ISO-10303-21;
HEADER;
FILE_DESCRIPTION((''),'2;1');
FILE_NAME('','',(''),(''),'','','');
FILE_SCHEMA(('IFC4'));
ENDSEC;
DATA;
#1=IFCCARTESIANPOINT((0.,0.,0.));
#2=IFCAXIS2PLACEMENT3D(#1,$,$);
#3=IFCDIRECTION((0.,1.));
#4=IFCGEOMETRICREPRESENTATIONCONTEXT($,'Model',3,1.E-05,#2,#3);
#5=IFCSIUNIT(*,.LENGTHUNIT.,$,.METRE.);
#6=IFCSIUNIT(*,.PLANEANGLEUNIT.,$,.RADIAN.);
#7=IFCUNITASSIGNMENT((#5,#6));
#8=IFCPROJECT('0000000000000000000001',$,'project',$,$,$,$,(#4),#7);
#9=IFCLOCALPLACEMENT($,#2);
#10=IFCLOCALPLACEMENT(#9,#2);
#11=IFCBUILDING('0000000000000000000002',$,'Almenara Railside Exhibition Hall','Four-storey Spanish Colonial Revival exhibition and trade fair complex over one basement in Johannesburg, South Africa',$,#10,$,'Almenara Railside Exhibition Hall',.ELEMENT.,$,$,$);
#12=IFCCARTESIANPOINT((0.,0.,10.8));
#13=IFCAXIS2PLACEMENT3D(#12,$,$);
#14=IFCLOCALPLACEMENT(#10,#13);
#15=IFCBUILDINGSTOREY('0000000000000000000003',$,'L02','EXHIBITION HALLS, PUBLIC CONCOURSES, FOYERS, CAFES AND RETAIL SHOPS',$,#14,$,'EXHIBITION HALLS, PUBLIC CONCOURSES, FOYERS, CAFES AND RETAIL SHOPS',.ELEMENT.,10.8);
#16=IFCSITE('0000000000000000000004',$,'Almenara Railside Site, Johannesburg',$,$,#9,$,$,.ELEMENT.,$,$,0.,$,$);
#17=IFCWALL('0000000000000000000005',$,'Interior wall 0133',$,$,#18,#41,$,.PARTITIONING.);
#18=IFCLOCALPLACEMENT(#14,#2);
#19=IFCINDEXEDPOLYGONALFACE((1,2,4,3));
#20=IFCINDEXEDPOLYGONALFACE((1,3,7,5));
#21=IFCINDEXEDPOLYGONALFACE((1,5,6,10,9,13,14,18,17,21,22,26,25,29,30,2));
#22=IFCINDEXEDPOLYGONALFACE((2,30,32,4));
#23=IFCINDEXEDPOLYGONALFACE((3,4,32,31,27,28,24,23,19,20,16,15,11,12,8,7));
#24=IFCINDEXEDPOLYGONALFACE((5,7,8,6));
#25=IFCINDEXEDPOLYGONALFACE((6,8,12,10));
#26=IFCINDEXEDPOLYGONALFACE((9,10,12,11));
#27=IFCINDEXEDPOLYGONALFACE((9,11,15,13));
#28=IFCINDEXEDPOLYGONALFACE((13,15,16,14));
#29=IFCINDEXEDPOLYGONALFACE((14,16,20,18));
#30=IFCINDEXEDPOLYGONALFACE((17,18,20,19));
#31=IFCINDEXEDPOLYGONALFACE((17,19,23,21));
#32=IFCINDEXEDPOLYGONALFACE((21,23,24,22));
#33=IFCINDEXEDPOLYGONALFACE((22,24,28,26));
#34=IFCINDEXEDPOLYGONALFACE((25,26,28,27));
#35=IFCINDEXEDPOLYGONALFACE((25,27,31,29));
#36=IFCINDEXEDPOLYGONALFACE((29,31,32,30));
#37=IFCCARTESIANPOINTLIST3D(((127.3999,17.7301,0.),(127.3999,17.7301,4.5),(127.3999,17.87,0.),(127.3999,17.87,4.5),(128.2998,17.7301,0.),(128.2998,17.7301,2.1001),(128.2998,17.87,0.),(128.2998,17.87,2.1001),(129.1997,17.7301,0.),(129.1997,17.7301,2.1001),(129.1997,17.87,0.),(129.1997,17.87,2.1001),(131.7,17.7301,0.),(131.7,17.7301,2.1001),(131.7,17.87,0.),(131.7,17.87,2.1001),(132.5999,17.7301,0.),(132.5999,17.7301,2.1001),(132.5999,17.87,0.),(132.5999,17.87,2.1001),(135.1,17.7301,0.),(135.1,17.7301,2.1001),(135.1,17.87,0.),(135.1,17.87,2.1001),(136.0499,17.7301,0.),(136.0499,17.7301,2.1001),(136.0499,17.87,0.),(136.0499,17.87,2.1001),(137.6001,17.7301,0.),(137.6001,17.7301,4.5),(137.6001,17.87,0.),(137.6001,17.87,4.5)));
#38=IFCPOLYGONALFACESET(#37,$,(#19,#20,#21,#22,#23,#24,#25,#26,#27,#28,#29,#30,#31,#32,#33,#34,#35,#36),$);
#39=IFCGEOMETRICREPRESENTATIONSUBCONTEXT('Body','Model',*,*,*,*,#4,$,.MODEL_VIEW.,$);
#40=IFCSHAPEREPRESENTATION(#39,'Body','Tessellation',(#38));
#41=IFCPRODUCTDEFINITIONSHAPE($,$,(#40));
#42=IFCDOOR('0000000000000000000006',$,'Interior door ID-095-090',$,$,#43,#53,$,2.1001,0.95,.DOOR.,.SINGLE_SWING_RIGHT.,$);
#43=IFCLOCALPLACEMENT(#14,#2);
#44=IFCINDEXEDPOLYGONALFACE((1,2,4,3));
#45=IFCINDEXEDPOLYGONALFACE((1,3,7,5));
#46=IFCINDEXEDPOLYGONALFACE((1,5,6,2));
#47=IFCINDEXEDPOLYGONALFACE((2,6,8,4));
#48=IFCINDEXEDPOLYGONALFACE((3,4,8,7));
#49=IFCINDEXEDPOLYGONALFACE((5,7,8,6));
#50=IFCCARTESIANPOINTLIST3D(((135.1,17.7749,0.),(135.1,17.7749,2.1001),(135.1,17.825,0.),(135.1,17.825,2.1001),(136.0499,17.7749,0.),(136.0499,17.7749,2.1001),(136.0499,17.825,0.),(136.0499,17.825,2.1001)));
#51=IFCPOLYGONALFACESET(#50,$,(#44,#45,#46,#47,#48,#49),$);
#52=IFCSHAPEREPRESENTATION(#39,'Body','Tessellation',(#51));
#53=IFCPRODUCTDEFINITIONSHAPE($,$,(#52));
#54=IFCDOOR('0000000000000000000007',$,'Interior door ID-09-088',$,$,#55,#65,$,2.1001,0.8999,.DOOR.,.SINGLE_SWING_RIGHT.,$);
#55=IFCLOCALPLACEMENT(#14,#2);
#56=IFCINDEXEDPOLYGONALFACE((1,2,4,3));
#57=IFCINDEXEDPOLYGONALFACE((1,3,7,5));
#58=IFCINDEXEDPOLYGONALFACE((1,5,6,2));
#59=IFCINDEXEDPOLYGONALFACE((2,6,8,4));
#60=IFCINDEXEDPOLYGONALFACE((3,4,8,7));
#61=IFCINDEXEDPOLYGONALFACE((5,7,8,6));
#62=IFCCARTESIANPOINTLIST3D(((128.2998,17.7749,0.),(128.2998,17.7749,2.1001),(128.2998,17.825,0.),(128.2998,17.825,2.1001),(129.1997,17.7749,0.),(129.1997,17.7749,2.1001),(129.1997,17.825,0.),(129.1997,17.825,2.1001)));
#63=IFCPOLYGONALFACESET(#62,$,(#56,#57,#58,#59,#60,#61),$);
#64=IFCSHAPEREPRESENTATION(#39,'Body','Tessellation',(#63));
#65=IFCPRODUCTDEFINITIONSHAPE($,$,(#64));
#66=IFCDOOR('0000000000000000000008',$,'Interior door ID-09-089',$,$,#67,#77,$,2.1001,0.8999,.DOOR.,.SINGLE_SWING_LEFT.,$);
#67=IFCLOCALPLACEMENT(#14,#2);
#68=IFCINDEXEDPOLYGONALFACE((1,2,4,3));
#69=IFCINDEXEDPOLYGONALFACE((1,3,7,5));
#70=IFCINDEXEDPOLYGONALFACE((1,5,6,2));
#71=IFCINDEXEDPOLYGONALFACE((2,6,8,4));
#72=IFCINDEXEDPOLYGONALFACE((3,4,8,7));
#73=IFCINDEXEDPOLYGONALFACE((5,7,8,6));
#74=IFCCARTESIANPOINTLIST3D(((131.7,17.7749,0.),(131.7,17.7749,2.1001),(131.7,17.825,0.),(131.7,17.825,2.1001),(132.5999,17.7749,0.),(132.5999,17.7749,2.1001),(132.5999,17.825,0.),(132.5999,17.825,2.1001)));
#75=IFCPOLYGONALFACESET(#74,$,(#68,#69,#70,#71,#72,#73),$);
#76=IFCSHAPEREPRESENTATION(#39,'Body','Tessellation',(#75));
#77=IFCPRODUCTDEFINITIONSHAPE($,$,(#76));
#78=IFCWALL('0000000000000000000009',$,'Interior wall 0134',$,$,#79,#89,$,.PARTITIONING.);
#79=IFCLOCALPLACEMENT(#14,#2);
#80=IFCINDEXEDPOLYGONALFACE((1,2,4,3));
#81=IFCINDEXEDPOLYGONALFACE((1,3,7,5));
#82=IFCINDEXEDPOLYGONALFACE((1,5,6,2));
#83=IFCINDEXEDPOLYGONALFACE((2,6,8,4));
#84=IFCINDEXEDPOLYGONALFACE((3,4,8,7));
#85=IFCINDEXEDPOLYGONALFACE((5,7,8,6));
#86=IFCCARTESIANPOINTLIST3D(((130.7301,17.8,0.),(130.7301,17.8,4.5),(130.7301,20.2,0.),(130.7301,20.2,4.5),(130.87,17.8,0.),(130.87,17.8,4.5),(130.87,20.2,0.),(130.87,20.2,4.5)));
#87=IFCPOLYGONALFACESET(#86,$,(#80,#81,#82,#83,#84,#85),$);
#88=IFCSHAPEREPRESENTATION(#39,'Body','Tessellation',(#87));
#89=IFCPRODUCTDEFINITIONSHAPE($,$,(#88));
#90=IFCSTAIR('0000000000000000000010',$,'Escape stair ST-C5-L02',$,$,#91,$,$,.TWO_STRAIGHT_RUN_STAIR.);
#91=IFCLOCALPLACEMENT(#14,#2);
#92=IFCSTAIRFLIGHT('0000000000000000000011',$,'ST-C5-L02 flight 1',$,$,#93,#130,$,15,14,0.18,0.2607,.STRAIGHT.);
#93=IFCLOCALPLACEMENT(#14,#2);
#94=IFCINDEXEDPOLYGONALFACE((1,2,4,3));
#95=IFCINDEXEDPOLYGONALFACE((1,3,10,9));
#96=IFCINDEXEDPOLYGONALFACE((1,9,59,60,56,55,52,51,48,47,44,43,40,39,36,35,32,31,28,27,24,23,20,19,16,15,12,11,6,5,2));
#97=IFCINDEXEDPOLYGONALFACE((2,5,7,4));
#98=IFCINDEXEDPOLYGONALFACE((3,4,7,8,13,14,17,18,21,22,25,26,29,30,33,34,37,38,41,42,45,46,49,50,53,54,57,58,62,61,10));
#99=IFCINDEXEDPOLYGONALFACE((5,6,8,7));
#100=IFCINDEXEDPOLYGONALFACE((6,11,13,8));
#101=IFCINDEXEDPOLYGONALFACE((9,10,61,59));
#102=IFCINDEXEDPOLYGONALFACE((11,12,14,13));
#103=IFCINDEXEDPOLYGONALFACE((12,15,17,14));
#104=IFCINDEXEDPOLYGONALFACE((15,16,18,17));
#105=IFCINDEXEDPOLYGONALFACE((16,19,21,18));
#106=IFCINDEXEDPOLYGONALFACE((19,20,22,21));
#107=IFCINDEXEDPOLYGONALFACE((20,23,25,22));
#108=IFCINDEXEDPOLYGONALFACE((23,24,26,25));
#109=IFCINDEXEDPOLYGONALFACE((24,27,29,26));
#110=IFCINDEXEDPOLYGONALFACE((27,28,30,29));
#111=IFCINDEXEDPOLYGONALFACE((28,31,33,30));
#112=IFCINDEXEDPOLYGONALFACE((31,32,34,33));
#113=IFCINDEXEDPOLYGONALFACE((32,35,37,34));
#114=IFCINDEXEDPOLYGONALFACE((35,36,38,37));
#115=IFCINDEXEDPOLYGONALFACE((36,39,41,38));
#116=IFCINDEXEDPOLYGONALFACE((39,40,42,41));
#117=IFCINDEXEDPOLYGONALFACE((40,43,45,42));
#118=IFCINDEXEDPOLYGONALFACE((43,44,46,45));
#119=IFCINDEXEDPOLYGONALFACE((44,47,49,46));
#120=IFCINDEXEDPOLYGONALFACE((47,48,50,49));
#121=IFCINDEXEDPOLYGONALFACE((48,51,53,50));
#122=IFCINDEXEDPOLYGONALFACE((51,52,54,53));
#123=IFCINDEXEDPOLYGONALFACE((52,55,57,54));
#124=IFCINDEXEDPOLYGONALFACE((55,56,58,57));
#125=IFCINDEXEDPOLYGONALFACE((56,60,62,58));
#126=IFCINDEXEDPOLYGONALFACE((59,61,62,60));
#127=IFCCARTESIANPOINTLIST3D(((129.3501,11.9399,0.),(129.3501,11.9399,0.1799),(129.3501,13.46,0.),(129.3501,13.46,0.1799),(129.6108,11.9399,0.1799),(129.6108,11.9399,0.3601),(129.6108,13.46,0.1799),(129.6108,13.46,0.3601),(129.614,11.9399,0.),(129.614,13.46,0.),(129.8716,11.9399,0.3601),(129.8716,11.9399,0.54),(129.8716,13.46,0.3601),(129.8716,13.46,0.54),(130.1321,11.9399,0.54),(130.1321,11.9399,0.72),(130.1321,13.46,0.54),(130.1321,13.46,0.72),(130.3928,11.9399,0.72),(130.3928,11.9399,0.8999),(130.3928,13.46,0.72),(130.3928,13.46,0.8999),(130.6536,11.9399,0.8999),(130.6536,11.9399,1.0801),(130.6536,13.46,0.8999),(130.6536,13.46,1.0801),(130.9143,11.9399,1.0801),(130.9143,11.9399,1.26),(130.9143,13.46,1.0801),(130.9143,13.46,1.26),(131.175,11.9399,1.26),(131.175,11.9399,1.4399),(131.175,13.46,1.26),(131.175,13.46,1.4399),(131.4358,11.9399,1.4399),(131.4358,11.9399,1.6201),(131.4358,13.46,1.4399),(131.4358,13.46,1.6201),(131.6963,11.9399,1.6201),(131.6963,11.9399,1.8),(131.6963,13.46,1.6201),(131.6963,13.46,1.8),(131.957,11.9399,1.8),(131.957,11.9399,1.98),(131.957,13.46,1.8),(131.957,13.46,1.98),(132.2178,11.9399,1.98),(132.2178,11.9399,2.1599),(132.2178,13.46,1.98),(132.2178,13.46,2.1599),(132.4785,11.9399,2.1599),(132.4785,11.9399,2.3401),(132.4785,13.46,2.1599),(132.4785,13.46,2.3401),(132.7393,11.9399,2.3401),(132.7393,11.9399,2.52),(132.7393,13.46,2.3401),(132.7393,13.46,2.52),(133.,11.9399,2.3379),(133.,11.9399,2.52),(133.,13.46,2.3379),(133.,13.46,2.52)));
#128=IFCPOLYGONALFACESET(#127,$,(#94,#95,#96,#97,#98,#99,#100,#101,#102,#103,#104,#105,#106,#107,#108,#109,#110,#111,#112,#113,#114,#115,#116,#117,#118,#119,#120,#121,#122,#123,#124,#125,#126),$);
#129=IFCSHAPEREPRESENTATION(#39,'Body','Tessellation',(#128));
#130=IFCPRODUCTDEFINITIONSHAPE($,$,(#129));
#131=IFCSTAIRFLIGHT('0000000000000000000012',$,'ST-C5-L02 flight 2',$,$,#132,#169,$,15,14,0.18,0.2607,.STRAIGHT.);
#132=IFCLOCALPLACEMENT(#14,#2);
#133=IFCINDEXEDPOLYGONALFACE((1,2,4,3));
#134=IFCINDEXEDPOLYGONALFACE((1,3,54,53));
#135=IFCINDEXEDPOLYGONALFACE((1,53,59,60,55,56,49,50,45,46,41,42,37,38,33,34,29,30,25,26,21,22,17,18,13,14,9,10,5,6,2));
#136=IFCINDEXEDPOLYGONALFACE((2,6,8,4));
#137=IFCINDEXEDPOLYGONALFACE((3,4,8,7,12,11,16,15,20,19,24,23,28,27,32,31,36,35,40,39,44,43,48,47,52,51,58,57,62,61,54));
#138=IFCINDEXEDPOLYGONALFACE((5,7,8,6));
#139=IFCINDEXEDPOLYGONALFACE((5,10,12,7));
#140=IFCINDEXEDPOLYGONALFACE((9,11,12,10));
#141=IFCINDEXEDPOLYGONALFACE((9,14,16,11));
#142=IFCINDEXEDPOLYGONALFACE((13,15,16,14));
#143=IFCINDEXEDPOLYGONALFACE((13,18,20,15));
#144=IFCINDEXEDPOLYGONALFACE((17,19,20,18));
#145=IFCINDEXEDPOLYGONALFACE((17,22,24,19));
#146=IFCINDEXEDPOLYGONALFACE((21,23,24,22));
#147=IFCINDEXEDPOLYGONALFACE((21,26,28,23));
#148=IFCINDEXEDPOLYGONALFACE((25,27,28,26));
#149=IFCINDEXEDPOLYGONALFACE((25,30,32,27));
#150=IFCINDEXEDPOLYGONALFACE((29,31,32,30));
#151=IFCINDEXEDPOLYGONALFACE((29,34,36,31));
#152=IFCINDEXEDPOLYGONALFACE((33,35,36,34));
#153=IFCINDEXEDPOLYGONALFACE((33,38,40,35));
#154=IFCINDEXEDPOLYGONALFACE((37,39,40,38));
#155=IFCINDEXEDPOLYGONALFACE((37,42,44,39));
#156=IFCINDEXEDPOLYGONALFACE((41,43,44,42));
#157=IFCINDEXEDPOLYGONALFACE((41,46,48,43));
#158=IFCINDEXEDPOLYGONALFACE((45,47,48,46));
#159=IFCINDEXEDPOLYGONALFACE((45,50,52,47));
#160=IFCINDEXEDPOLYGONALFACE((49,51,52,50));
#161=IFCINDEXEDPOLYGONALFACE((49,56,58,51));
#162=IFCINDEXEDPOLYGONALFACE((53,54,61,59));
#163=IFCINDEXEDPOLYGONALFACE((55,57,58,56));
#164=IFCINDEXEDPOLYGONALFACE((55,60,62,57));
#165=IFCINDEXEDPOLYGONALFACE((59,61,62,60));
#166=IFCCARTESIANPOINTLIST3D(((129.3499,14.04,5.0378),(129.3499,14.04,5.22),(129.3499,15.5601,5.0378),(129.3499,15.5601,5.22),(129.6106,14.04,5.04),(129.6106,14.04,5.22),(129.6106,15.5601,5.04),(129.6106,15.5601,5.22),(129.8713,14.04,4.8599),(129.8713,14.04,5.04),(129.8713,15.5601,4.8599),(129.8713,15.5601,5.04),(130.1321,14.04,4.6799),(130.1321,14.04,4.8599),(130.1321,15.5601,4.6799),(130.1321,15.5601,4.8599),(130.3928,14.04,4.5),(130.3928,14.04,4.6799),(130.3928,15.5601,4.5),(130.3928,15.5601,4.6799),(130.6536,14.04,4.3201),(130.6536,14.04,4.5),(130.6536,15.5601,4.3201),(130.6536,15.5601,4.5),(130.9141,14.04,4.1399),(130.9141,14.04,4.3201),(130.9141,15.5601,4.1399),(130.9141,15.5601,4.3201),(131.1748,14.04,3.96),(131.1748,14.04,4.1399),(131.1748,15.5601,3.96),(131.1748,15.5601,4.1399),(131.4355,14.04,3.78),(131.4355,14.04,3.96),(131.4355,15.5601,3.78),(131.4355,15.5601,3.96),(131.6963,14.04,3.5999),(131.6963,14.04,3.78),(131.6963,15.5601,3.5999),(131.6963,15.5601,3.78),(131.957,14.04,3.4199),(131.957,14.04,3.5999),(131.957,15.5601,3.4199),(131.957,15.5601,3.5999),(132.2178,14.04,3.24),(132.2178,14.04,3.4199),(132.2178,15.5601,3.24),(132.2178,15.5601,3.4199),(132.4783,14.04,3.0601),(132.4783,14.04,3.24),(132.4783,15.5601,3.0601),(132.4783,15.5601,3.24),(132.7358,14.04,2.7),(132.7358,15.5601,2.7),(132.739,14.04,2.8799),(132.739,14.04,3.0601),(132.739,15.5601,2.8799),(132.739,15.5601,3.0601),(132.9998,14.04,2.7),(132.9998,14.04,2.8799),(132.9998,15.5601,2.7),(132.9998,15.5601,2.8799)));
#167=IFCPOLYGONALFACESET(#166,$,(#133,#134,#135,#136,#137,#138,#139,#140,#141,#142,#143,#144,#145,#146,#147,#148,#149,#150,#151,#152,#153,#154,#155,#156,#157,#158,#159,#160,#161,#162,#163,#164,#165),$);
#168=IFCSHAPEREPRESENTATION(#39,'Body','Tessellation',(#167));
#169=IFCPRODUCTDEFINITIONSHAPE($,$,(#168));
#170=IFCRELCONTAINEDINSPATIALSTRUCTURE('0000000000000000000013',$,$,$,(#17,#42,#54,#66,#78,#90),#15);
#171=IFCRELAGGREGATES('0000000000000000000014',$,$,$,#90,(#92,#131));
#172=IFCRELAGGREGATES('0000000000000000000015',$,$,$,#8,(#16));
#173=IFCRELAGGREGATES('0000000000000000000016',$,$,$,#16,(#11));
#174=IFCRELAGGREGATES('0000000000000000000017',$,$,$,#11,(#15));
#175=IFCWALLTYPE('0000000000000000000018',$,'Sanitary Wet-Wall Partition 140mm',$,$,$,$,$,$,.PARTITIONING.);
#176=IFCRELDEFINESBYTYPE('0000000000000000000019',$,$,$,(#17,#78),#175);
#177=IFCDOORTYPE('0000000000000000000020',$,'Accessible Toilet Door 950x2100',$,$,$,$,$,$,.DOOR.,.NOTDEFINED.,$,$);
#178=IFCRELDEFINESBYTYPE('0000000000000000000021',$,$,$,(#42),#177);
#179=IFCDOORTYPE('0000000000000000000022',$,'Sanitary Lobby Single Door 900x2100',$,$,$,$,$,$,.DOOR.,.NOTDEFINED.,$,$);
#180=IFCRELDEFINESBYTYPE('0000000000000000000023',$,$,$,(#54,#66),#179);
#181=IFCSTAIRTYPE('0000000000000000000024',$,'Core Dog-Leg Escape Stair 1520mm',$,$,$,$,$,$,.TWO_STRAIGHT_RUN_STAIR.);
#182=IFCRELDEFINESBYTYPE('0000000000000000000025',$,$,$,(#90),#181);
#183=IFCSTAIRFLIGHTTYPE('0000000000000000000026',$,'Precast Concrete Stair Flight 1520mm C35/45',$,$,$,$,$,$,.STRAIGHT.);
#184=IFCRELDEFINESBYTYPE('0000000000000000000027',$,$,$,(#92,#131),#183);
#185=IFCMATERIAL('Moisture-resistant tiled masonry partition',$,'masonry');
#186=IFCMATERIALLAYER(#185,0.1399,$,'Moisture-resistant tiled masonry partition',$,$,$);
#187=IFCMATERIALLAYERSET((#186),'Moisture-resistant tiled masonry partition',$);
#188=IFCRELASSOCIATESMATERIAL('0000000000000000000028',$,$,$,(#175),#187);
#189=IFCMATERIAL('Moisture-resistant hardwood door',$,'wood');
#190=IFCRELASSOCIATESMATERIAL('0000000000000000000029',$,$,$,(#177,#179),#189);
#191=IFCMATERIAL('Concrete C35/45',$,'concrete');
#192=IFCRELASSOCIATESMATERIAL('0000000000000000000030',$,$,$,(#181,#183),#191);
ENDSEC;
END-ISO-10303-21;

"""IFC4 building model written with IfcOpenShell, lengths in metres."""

from ifc_helpers import new_model, si_unit, direction, frame, frame_2d, origin, place, context, subcontext, project, spatial, polyline, rectangle, outline, extrude, material, layer, layer_set, type_object, element, fill, aggregate, save


model = new_model("IFC4")

# Units and contexts
model_context = context("Model", 3, precision=1e-05, world=origin(), true_north=direction((0.0, 1.0)))
body_context = subcontext(model_context, "Body", "Model", "MODEL_VIEW")
ifc_project = project(units=[si_unit("LENGTHUNIT", "METRE"), si_unit("PLANEANGLEUNIT", "RADIAN")], contexts=[model_context])

# Site, building, storey
site_placement = place(None, origin())
site = spatial("IfcSite", under=ifc_project, at=site_placement, Name="Almenara Railside Site, Johannesburg", CompositionType="ELEMENT", RefElevation=0.0)
building_placement = place(site_placement, origin())
building = spatial("IfcBuilding", under=site, at=building_placement, Name="Almenara Railside Exhibition Hall", Description="Four-storey Spanish Colonial Revival exhibition and trade fair complex over one basement in Johannesburg, South Africa", LongName="Almenara Railside Exhibition Hall", CompositionType="ELEMENT")
storey_placement = place(building_placement, frame((0.0, 0.0, 10.8)))
storey = spatial("IfcBuildingStorey", under=building, at=storey_placement, Name="L02", Description="EXHIBITION HALLS, PUBLIC CONCOURSES, FOYERS, CAFES AND RETAIL SHOPS", LongName="EXHIBITION HALLS, PUBLIC CONCOURSES, FOYERS, CAFES AND RETAIL SHOPS", CompositionType="ELEMENT", Elevation=10.8)

# Shared definitions
ifc_material_1 = material(Name="Concrete C35/45", Category="concrete")

# Wall, openings, doors
ifc_material_2 = material(Name="Moisture-resistant tiled masonry partition", Category="masonry")
ifc_layer_1 = layer(ifc_material_2, 0.1399, Name="Moisture-resistant tiled masonry partition")
ifc_layer_set_1 = layer_set([ifc_layer_1], Name="Moisture-resistant tiled masonry partition")
wall_type_1 = type_object("IfcWallType", Name="Sanitary Wet-Wall Partition 140mm", PredefinedType="PARTITIONING", material=ifc_layer_set_1)
wall_1_placement = place(storey_placement, frame((127.3999, 17.8, 0.0), z_axis=(0.0, 0.0, 1.0), x_axis=(1.0, 0.0, 0.0)))
wall_1 = element("IfcWall", 1, at=wall_1_placement, inside=storey, type_object=wall_type_1, Name="Interior wall 0133", PredefinedType="PARTITIONING", context=body_context, shape_type="SweptSolid", body=[
    extrude(rectangle(XDim=10.2002, YDim=0.1399, at=frame_2d((5.1001, 0.0))), origin(), (0.0, 0.0, 1.0), 4.5),
])
opening_1_placement = place(wall_1_placement, frame((0.8999, 0.0, 0.0)))
opening_1 = element("IfcOpeningElement", 2, at=opening_1_placement, cuts=wall_1, PredefinedType="OPENING", context=body_context, shape_type="SweptSolid", body=[
    extrude(rectangle(XDim=0.8999, YDim=2.1001, at=frame_2d((0.45, 1.05))), frame((0.0, 0.0798, 0.0), z_axis=(0.0, -1.0, 0.0), x_axis=(1.0, 0.0, 0.0)), (0.0, 0.0, 1.0), 0.1599),
])
opening_2_placement = place(wall_1_placement, frame((4.3, 0.0, 0.0)))
opening_2 = element("IfcOpeningElement", 3, at=opening_2_placement, cuts=wall_1, PredefinedType="OPENING", context=body_context, shape_type="SweptSolid", body=[
    extrude(rectangle(XDim=0.8999, YDim=2.1001, at=frame_2d((0.45, 1.05))), frame((0.0, 0.0798, 0.0), z_axis=(0.0, -1.0, 0.0), x_axis=(1.0, 0.0, 0.0)), (0.0, 0.0, 1.0), 0.1599),
])
opening_3_placement = place(wall_1_placement, frame((7.7, 0.0, 0.0)))
opening_3 = element("IfcOpeningElement", 4, at=opening_3_placement, cuts=wall_1, PredefinedType="OPENING", context=body_context, shape_type="SweptSolid", body=[
    extrude(rectangle(XDim=0.95, YDim=2.1001, at=frame_2d((0.4751, 1.05))), frame((0.0, 0.0798, 0.0), z_axis=(0.0, -1.0, 0.0), x_axis=(1.0, 0.0, 0.0)), (0.0, 0.0, 1.0), 0.1599),
])
ifc_material_3 = material(Name="Moisture-resistant hardwood door", Category="wood")
door_type_1 = type_object("IfcDoorType", Name="Accessible Toilet Door 950x2100", OperationType="NOTDEFINED", PredefinedType="DOOR", material=ifc_material_3)
door_1_placement = place(opening_3_placement, origin())
door_1 = element("IfcDoor", 5, at=door_1_placement, inside=storey, type_object=door_type_1, Name="Interior door ID-095-090", OperationType="SINGLE_SWING_RIGHT", OverallHeight=2.1001, OverallWidth=0.95, PredefinedType="DOOR", context=body_context, shape_type="SweptSolid", body=[
    extrude(rectangle(XDim=0.95, YDim=2.1001, at=frame_2d((0.4751, 1.05))), frame((0.0, 0.0249, 0.0), z_axis=(0.0, -1.0, 0.0), x_axis=(1.0, 0.0, 0.0)), (0.0, 0.0, 1.0), 0.05),
])
fill(opening_3, door_1)
door_type_2 = type_object("IfcDoorType", Name="Sanitary Lobby Single Door 900x2100", OperationType="NOTDEFINED", PredefinedType="DOOR", material=ifc_material_3)
door_2_placement = place(opening_1_placement, origin())
door_2 = element("IfcDoor", 6, at=door_2_placement, inside=storey, type_object=door_type_2, Name="Interior door ID-09-088", OperationType="SINGLE_SWING_RIGHT", OverallHeight=2.1001, OverallWidth=0.8999, PredefinedType="DOOR", context=body_context, shape_type="SweptSolid", body=[
    extrude(rectangle(XDim=0.8999, YDim=2.1001, at=frame_2d((0.45, 1.05))), frame((0.0, 0.0249, 0.0), z_axis=(0.0, -1.0, 0.0), x_axis=(1.0, 0.0, 0.0)), (0.0, 0.0, 1.0), 0.05),
])
fill(opening_1, door_2)
door_3_placement = place(opening_2_placement, origin())
door_3 = element("IfcDoor", 7, at=door_3_placement, inside=storey, type_object=door_type_2, Name="Interior door ID-09-089", OperationType="SINGLE_SWING_LEFT", OverallHeight=2.1001, OverallWidth=0.8999, PredefinedType="DOOR", context=body_context, shape_type="SweptSolid", body=[
    extrude(rectangle(XDim=0.8999, YDim=2.1001, at=frame_2d((0.45, 1.05))), frame((0.0, 0.0249, 0.0), z_axis=(0.0, -1.0, 0.0), x_axis=(1.0, 0.0, 0.0)), (0.0, 0.0, 1.0), 0.05),
])
fill(opening_2, door_3)

# Wall
wall_2_placement = place(storey_placement, frame((130.8, 17.8, 0.0), z_axis=(0.0, 0.0, 1.0), x_axis=(0.0, 1.0, 0.0)))
element("IfcWall", 8, at=wall_2_placement, inside=storey, type_object=wall_type_1, Name="Interior wall 0134", PredefinedType="PARTITIONING", context=body_context, shape_type="SweptSolid", body=[
    extrude(rectangle(XDim=2.3999, YDim=0.1399, at=frame_2d((1.2, 0.0))), origin(), (0.0, 0.0, 1.0), 4.5),
])

# Stair, stair flights
stair_type = type_object("IfcStairType", Name="Core Dog-Leg Escape Stair 1520mm", PredefinedType="TWO_STRAIGHT_RUN_STAIR", material=ifc_material_1)
stair_placement = place(storey_placement, origin())
stair = element("IfcStair", 9, at=stair_placement, inside=storey, type_object=stair_type, Name="Escape stair ST-C5-L02", PredefinedType="TWO_STRAIGHT_RUN_STAIR")
stair_flight_type = type_object("IfcStairFlightType", Name="Precast Concrete Stair Flight 1520mm C35/45", PredefinedType="STRAIGHT", material=ifc_material_1)
stair_flight_1_placement = place(storey_placement, frame((129.3501, 12.7, 0.0), z_axis=(0.0, 0.0, 1.0), x_axis=(1.0, 0.0, 0.0)))
stair_flight_1 = element("IfcStairFlight", 10, at=stair_flight_1_placement, type_object=stair_flight_type, Name="ST-C5-L02 flight 1", NumberOfRisers=15, NumberOfTreads=14, PredefinedType="STRAIGHT", RiserHeight=0.18, TreadLength=0.2607, context=body_context, shape_type="SweptSolid", body=[
    extrude(outline(polyline([(0.0, 0.0), (0.0, 0.1799), (0.2607, 0.1799), (0.2607, 0.3601), (0.5215, 0.3601), (0.5215, 0.54), (0.782, 0.54), (0.782, 0.72), (1.0427, 0.72), (1.0427, 0.8999), (1.3035, 0.8999), (1.3035, 1.0801), (1.5642, 1.0801), (1.5642, 1.26), (1.825, 1.26), (1.825, 1.4399), (2.0857, 1.4399), (2.0857, 1.6201), (2.3462, 1.6201), (2.3462, 1.8), (2.6069, 1.8), (2.6069, 1.98), (2.8677, 1.98), (2.8677, 2.1599), (3.1284, 2.1599), (3.1284, 2.3401), (3.3892, 2.3401), (3.3892, 2.52), (3.6499, 2.52), (3.6499, 2.7), (3.6499, 2.3379), (0.2639, 0.0), (0.0, 0.0)])), frame((0.0, 0.76, 0.0), z_axis=(0.0, -1.0, 0.0), x_axis=(1.0, 0.0, 0.0)), (0.0, 0.0, 1.0), 1.52),
])
stair_flight_2_placement = place(storey_placement, frame((132.9998, 14.8, 2.7), z_axis=(0.0, 0.0, 1.0), x_axis=(-1.0, 0.0, 0.0)))
stair_flight_2 = element("IfcStairFlight", 11, at=stair_flight_2_placement, type_object=stair_flight_type, Name="ST-C5-L02 flight 2", NumberOfRisers=15, NumberOfTreads=14, PredefinedType="STRAIGHT", RiserHeight=0.18, TreadLength=0.2607, context=body_context, shape_type="SweptSolid", body=[
    extrude(outline(polyline([(0.0, 0.0), (0.0, 0.1799), (0.2607, 0.1799), (0.2607, 0.3601), (0.5215, 0.3601), (0.5215, 0.54), (0.782, 0.54), (0.782, 0.72), (1.0427, 0.72), (1.0427, 0.8999), (1.3035, 0.8999), (1.3035, 1.0801), (1.5642, 1.0801), (1.5642, 1.26), (1.825, 1.26), (1.825, 1.4399), (2.0857, 1.4399), (2.0857, 1.6201), (2.3462, 1.6201), (2.3462, 1.8), (2.6069, 1.8), (2.6069, 1.98), (2.8677, 1.98), (2.8677, 2.1599), (3.1284, 2.1599), (3.1284, 2.3401), (3.3892, 2.3401), (3.3892, 2.52), (3.6499, 2.52), (3.6499, 2.7), (3.6499, 2.3379), (0.2639, 0.0), (0.0, 0.0)])), frame((0.0, 0.76, 0.0), z_axis=(0.0, -1.0, 0.0), x_axis=(1.0, 0.0, 0.0)), (0.0, 0.0, 1.0), 1.52),
])
aggregate(stair, [stair_flight_1, stair_flight_2])

save(model, "model.ifc")
